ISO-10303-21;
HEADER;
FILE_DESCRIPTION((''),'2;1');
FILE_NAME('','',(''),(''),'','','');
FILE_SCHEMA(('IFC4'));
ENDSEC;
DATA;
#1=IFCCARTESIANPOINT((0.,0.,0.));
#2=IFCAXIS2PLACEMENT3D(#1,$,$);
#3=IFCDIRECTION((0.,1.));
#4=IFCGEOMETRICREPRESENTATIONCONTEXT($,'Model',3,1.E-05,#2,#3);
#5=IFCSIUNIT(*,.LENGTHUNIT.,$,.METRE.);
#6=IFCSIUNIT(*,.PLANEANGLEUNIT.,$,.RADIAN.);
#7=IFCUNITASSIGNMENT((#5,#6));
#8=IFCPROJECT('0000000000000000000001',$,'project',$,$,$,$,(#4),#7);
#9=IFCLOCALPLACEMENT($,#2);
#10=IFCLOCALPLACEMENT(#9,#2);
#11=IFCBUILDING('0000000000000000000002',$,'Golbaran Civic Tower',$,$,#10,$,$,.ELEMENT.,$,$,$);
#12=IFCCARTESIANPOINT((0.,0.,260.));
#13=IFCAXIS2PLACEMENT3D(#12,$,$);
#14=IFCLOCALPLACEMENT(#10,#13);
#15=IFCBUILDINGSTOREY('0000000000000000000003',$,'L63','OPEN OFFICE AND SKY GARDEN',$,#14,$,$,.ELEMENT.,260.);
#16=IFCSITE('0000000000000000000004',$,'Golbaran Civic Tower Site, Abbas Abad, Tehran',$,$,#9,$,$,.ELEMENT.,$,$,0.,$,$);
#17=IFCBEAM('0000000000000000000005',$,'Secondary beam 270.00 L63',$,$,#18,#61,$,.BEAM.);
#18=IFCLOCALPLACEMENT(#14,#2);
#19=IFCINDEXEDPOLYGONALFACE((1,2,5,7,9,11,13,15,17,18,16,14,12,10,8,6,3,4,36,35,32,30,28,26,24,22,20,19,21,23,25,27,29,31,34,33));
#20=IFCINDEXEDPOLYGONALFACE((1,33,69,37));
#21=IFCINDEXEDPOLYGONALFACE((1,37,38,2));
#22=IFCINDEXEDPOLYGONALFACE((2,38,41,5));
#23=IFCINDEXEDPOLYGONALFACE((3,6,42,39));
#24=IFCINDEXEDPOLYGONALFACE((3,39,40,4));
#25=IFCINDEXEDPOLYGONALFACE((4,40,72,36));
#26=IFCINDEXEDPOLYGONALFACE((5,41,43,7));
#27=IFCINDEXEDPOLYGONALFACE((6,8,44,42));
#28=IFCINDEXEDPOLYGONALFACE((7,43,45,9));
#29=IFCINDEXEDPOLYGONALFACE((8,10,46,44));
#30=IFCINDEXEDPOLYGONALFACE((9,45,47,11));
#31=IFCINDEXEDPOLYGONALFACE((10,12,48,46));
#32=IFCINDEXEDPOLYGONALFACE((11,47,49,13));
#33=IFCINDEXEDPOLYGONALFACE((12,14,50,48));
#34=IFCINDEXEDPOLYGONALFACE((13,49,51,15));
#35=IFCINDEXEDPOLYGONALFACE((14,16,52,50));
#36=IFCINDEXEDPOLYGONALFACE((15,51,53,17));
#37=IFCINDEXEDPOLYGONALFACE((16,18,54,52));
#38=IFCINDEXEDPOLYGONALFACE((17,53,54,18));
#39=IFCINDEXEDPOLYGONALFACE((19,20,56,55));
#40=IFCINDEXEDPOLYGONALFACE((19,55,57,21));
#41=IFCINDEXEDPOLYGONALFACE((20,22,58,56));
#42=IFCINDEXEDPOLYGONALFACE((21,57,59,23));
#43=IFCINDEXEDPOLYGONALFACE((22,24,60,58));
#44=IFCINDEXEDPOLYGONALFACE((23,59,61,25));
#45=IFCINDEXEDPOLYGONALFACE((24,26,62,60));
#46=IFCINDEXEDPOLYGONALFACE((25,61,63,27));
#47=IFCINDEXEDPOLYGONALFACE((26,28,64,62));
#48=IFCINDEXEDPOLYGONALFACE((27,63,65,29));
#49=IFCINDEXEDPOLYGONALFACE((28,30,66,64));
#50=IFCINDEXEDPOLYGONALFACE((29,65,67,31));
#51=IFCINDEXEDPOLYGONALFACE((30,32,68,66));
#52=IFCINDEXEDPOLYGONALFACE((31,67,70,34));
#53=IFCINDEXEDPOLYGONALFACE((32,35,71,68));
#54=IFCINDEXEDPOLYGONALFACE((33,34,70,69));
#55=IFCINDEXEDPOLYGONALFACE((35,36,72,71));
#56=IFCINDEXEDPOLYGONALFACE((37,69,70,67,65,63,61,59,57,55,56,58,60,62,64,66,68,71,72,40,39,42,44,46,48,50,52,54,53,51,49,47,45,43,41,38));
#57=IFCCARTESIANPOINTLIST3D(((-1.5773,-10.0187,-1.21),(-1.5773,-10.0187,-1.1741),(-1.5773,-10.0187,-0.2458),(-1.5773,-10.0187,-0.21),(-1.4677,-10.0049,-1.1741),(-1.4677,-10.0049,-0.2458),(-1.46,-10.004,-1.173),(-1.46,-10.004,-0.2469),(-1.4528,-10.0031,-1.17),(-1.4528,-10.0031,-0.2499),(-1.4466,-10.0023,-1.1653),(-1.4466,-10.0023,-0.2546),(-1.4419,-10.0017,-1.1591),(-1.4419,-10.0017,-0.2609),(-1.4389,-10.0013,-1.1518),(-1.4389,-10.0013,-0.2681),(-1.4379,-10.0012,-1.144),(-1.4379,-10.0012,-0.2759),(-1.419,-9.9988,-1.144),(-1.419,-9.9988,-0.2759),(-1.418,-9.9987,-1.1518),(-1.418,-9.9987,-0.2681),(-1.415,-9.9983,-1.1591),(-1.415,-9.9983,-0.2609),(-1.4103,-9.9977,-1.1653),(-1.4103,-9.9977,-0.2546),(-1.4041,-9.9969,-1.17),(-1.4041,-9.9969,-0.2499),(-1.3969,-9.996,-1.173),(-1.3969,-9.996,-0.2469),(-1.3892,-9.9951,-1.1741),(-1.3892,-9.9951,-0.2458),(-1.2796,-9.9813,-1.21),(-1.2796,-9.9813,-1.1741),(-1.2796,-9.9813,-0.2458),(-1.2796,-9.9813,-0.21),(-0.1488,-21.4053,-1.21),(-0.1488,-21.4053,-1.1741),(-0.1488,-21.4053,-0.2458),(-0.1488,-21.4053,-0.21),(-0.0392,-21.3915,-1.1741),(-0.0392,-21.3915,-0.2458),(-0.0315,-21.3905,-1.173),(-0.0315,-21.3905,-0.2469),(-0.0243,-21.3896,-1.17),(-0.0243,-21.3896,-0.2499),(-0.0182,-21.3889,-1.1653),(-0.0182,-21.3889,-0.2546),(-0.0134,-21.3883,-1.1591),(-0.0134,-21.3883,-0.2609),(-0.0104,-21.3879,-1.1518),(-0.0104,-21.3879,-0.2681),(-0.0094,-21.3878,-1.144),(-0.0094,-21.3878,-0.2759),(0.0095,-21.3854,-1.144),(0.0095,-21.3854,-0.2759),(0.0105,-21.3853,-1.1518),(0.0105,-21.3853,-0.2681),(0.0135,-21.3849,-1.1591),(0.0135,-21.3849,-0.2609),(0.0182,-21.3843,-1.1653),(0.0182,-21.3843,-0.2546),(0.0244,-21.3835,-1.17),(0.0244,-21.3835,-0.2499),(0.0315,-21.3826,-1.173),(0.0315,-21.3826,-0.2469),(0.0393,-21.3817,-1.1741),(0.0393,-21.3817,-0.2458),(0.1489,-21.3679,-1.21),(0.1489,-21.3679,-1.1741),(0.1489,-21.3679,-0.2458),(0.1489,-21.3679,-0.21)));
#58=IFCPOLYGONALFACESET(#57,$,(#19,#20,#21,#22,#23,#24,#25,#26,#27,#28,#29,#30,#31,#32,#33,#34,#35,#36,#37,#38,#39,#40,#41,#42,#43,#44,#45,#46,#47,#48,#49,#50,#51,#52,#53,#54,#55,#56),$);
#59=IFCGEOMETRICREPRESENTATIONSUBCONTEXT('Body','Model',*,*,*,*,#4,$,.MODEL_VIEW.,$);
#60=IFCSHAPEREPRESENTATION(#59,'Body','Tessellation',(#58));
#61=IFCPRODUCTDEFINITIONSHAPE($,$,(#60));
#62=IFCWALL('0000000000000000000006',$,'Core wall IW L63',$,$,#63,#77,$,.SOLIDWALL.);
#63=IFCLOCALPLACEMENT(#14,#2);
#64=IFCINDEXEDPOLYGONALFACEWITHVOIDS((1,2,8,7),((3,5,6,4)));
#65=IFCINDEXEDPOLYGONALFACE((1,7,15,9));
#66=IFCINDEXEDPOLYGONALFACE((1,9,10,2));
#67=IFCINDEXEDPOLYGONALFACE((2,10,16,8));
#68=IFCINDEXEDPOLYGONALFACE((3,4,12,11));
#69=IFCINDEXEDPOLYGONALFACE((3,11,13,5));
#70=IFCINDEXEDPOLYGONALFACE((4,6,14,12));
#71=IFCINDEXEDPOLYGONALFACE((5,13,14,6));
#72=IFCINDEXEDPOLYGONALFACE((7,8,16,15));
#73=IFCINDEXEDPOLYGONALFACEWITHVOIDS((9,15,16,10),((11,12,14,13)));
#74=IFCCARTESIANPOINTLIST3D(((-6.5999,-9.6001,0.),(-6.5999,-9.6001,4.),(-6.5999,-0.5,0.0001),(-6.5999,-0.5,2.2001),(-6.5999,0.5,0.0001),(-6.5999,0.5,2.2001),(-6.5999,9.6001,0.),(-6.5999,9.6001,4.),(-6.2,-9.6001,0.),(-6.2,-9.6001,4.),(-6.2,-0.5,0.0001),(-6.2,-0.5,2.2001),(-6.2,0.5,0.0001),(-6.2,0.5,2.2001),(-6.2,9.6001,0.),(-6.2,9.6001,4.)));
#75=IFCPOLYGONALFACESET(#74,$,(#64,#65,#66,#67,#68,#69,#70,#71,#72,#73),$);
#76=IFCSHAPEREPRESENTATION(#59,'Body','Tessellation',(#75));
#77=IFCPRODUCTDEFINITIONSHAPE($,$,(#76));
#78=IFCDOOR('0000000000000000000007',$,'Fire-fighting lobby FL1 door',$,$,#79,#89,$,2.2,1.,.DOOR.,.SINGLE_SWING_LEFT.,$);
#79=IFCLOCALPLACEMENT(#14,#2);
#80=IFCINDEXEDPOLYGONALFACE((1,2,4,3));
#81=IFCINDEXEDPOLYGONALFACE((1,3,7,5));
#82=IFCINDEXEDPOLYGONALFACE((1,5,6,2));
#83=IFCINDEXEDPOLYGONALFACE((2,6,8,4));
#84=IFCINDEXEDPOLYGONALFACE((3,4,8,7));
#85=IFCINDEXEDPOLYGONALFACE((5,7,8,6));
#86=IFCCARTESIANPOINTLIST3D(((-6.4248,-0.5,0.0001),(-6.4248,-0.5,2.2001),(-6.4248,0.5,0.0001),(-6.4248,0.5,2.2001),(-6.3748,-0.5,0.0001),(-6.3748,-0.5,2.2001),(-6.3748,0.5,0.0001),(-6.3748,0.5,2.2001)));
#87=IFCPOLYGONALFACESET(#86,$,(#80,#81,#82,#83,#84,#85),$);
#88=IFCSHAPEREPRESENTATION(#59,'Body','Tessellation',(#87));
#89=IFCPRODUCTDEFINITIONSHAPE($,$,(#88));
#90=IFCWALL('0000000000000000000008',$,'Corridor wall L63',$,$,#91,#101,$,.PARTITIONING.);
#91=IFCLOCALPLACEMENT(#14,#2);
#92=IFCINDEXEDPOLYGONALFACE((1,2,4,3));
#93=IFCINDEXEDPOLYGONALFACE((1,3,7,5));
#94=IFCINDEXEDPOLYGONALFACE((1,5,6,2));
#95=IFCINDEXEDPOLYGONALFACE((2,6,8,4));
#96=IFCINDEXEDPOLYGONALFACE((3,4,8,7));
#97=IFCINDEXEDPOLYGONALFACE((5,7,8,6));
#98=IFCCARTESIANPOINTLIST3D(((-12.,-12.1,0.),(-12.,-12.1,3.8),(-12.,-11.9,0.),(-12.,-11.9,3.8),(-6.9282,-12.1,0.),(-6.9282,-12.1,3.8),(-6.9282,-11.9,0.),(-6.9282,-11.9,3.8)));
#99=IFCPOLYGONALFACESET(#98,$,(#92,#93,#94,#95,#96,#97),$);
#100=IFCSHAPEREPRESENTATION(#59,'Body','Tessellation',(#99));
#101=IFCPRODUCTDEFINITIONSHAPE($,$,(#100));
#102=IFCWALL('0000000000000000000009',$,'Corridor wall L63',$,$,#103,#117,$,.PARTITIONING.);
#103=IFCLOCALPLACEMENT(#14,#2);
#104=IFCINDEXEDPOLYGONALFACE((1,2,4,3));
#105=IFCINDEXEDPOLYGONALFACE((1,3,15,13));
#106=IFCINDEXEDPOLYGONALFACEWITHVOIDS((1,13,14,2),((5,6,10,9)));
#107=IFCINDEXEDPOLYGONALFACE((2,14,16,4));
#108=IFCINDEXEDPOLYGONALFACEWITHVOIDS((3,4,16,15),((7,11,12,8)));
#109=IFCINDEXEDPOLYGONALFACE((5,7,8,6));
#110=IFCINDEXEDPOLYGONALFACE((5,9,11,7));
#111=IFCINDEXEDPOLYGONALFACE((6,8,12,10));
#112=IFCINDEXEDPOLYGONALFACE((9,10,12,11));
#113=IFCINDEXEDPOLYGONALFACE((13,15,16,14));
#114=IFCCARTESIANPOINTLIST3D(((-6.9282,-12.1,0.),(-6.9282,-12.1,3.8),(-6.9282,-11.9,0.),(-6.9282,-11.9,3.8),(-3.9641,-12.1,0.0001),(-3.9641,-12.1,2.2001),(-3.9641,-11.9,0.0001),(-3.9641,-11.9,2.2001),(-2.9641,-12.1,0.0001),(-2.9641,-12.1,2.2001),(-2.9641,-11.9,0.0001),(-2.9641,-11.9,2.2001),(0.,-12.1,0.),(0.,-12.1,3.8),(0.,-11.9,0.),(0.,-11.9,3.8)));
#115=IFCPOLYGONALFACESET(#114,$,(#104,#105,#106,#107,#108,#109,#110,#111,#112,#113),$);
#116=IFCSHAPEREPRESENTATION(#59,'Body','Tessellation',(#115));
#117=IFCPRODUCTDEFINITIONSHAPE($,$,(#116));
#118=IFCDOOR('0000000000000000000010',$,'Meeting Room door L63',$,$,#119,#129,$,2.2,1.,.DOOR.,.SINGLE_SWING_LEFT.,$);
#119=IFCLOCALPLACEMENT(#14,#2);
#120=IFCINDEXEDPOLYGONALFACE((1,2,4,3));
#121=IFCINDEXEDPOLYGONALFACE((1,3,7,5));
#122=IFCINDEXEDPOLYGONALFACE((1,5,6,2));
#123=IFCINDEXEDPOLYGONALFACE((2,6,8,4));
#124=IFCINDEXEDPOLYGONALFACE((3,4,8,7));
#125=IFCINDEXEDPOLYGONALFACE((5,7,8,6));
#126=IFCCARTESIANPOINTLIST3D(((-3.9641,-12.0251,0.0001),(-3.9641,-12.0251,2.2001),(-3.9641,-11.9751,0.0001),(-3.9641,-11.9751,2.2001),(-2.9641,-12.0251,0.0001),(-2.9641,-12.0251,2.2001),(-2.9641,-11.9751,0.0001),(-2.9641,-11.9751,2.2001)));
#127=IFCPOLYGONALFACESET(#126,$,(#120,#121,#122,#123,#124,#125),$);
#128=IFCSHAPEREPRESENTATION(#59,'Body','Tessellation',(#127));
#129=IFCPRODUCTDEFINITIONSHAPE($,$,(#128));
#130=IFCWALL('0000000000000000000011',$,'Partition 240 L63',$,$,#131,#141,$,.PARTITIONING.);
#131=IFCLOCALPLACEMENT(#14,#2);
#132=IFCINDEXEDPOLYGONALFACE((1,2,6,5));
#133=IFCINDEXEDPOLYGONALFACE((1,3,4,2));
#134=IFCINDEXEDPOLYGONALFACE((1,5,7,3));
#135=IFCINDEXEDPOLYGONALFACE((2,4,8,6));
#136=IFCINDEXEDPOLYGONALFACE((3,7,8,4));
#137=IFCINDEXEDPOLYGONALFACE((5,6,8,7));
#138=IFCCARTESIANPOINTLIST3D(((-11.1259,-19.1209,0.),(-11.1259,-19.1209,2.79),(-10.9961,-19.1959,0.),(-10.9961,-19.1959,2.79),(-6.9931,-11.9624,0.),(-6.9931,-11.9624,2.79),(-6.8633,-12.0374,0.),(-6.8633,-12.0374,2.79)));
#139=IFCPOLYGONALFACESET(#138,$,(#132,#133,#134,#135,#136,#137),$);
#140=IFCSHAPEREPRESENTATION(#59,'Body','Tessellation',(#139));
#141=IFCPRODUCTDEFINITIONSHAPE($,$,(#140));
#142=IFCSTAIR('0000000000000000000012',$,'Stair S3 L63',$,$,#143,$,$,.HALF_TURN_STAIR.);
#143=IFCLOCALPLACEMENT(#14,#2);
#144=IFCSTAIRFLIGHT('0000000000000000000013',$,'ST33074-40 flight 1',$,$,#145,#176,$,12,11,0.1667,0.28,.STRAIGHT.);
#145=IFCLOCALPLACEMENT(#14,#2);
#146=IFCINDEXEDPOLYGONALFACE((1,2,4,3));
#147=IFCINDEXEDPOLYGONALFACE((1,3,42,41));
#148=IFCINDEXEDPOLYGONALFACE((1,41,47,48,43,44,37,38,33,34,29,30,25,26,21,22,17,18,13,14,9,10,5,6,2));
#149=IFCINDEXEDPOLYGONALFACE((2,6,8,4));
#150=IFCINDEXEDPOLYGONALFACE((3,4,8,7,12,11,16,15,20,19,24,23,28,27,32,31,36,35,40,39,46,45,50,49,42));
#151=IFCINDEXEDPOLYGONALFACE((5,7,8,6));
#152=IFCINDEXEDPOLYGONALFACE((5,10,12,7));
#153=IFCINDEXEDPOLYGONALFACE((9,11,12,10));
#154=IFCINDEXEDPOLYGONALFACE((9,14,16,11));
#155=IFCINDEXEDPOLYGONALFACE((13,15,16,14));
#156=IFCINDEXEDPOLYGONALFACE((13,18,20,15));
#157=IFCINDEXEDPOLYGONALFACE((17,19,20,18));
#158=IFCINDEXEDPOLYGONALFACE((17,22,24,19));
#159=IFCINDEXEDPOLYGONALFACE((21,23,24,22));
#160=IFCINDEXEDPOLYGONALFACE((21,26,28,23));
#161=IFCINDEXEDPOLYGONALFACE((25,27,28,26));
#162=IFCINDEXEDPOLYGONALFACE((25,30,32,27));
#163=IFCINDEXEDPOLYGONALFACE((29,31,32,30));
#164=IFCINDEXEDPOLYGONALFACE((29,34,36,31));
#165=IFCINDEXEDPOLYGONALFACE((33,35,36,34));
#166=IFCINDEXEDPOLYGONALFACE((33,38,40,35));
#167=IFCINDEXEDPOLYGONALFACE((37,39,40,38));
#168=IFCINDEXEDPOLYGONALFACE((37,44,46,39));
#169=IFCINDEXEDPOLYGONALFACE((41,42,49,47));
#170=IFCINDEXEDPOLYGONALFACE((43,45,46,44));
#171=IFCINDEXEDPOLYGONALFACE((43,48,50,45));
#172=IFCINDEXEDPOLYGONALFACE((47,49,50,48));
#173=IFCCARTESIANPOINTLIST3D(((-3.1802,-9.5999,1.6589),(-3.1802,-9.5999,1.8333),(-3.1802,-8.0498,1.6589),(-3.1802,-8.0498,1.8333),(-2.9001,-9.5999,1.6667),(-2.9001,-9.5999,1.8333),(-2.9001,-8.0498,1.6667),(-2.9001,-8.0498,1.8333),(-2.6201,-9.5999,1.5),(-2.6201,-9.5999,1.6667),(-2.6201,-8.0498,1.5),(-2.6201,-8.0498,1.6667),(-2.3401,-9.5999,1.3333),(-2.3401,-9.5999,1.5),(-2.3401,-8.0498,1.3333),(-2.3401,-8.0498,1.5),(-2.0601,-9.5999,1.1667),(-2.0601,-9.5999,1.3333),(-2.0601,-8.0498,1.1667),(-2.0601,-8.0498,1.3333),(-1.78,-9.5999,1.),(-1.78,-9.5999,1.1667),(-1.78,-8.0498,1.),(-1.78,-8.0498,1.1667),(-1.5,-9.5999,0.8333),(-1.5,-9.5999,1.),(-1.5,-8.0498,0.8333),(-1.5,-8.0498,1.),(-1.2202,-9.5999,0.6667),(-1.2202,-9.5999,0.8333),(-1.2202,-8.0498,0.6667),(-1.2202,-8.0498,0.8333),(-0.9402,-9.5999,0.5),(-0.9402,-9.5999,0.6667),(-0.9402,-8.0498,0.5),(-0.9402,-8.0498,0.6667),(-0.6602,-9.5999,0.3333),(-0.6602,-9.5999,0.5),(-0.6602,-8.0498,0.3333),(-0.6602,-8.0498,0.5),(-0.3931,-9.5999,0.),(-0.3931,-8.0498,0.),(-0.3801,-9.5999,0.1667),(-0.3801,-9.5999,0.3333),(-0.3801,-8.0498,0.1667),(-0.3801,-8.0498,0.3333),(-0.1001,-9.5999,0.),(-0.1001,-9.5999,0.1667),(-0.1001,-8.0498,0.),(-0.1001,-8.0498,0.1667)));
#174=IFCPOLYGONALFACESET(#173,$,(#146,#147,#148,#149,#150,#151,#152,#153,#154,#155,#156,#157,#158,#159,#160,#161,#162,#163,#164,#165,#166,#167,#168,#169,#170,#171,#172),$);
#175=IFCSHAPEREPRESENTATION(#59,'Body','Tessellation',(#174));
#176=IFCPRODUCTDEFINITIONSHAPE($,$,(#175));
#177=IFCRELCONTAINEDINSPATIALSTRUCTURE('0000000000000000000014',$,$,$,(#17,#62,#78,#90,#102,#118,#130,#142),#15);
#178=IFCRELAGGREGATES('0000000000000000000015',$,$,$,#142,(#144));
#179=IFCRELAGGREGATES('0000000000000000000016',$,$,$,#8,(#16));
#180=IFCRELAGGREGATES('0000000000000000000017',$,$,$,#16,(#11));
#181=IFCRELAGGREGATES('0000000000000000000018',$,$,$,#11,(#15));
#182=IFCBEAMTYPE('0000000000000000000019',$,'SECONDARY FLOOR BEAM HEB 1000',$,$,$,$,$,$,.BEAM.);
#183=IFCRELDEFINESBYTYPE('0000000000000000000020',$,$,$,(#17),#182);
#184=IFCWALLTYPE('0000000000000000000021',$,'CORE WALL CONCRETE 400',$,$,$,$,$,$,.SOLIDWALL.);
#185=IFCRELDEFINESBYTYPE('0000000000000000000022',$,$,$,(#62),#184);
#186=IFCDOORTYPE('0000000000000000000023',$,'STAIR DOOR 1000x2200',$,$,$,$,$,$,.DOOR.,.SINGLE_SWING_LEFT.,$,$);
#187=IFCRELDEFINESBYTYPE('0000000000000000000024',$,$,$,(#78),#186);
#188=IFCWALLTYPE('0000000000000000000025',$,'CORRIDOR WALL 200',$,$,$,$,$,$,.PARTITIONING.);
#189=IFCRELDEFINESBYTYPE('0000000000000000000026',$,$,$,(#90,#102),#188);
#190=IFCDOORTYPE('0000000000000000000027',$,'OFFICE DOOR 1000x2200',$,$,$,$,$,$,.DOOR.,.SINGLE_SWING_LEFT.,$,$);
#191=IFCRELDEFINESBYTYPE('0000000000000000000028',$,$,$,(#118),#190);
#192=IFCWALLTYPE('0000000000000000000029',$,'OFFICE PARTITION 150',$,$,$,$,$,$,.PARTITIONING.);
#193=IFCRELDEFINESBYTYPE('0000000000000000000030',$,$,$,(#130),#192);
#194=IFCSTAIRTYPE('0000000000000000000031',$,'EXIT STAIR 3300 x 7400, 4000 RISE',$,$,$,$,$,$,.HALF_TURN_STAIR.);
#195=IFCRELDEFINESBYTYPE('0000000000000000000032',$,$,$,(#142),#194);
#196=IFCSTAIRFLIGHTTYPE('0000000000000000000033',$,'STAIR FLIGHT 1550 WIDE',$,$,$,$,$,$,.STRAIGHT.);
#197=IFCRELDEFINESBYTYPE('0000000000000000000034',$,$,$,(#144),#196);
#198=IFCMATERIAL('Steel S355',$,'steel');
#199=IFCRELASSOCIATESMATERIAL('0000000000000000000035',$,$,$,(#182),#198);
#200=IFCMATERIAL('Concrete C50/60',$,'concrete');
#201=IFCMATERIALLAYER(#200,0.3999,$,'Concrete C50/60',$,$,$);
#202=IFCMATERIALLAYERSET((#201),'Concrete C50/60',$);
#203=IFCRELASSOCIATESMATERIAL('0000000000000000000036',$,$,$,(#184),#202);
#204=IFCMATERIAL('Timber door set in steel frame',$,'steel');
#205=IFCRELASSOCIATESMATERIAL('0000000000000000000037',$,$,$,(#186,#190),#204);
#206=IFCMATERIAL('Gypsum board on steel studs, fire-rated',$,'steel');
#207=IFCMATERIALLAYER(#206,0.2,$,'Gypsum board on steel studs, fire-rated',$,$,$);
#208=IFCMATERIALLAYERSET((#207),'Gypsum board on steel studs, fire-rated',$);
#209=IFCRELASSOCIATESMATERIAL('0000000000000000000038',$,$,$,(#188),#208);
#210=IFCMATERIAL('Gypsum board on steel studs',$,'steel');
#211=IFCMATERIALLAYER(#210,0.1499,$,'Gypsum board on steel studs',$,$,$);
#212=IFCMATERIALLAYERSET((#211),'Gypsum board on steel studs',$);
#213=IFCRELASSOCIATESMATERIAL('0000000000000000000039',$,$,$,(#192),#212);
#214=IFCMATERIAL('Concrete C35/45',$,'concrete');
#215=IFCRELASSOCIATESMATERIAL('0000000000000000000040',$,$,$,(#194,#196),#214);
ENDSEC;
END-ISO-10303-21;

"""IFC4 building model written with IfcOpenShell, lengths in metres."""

from ifc_helpers import new_model, si_unit, direction, frame, frame_2d, origin, origin_2d, place, context, subcontext, project, spatial, polyline, rectangle, i_section, outline, extrude, material, layer, layer_set, material_profile, profile_set, type_object, element, fill, aggregate, save


model = new_model("IFC4")

# Units and contexts
model_context = context("Model", 3, precision=1e-05, world=origin(), true_north=direction((0.0, 1.0)))
body_context = subcontext(model_context, "Body", "Model", "MODEL_VIEW")
ifc_project = project(units=[si_unit("LENGTHUNIT", "METRE"), si_unit("PLANEANGLEUNIT", "RADIAN")], contexts=[model_context])

# Site, building, storey
site_placement = place(None, origin())
site = spatial("IfcSite", under=ifc_project, at=site_placement, Name="Golbaran Civic Tower Site, Abbas Abad, Tehran", CompositionType="ELEMENT", RefElevation=0.0)
building_placement = place(site_placement, origin())
building = spatial("IfcBuilding", under=site, at=building_placement, Name="Golbaran Civic Tower", CompositionType="ELEMENT")
storey_placement = place(building_placement, frame((0.0, 0.0, 260.0)))
storey = spatial("IfcBuildingStorey", under=building, at=storey_placement, Name="L63", Description="OPEN OFFICE AND SKY GARDEN", CompositionType="ELEMENT", Elevation=260.0)

# Beam
ifc_material_1 = material(Name="Steel S355", Category="steel")
ifc_material_profile_1 = material_profile(ifc_material_1, i_section(OverallWidth=0.3, OverallDepth=1.0, WebThickness=0.019, FlangeThickness=0.0359, FilletRadius=0.03, at=origin_2d()), Name="HEB 1000")
ifc_profile_set_1 = profile_set([ifc_material_profile_1], Name="Steel S355")
beam_type_1 = type_object("IfcBeamType", Name="SECONDARY FLOOR BEAM HEB 1000", PredefinedType="BEAM", material=ifc_profile_set_1)
beam_1_placement = place(storey_placement, frame((-1.4285, -10.0, -0.71), z_axis=(0.124477, -0.992222, 0.0), x_axis=(0.992222, 0.124477, 0.0)))
element("IfcBeam", 1, at=beam_1_placement, inside=storey, type_object=beam_type_1, Name="Secondary beam 270.00 L63", PredefinedType="BEAM", context=body_context, shape_type="SweptSolid", body=[
    extrude(i_section(OverallWidth=0.3, OverallDepth=1.0, WebThickness=0.019, FlangeThickness=0.0359, FilletRadius=0.03, at=origin_2d()), origin(), (0.0, 0.0, 1.0), 11.4758),
])

# Wall, opening, door
ifc_material_2 = material(Name="Concrete C50/60", Category="concrete")
ifc_layer_1 = layer(ifc_material_2, 0.3999, Name="Concrete C50/60")
ifc_layer_set_1 = layer_set([ifc_layer_1], Name="Concrete C50/60")
wall_type_1 = type_object("IfcWallType", Name="CORE WALL CONCRETE 400", PredefinedType="SOLIDWALL", material=ifc_layer_set_1)
wall_1_placement = place(storey_placement, frame((-6.3999, -9.6001, 0.0), z_axis=(0.0, 0.0, 1.0), x_axis=(0.0, 1.0, 0.0)))
wall_1 = element("IfcWall", 2, at=wall_1_placement, inside=storey, type_object=wall_type_1, Name="Core wall IW L63", PredefinedType="SOLIDWALL", context=body_context, shape_type="SweptSolid", body=[
    extrude(rectangle(XDim=19.2002, YDim=0.3999, at=frame_2d((9.6001, 0.0))), origin(), (0.0, 0.0, 1.0), 4.0),
])
opening_1_placement = place(wall_1_placement, frame((9.1001, 0.0, 0.0)))
opening_1 = element("IfcOpeningElement", 3, at=opening_1_placement, cuts=wall_1, PredefinedType="OPENING", context=body_context, shape_type="SweptSolid", body=[
    extrude(rectangle(XDim=1.0, YDim=2.2, at=frame_2d((0.5, 1.1001))), frame((0.0, 0.21, 0.0), z_axis=(0.0, -1.0, 0.0), x_axis=(1.0, 0.0, 0.0)), (0.0, 0.0, 1.0), 0.4199),
])
ifc_material_3 = material(Name="Timber door set in steel frame", Category="steel")
door_type_1 = type_object("IfcDoorType", Name="STAIR DOOR 1000x2200", OperationType="SINGLE_SWING_LEFT", PredefinedType="DOOR", material=ifc_material_3)
door_1_placement = place(opening_1_placement, origin())
door_1 = element("IfcDoor", 4, at=door_1_placement, inside=storey, type_object=door_type_1, Name="Fire-fighting lobby FL1 door", OperationType="SINGLE_SWING_LEFT", OverallHeight=2.2, OverallWidth=1.0, PredefinedType="DOOR", context=body_context, shape_type="SweptSolid", body=[
    extrude(rectangle(XDim=1.0, YDim=2.2, at=frame_2d((0.5, 1.1001))), frame((0.0, 0.0249, 0.0), z_axis=(0.0, -1.0, 0.0), x_axis=(1.0, 0.0, 0.0)), (0.0, 0.0, 1.0), 0.05),
])
fill(opening_1, door_1)

# Wall
ifc_material_4 = material(Name="Gypsum board on steel studs, fire-rated", Category="steel")
ifc_layer_2 = layer(ifc_material_4, 0.2, Name="Gypsum board on steel studs, fire-rated")
ifc_layer_set_2 = layer_set([ifc_layer_2], Name="Gypsum board on steel studs, fire-rated")
wall_type_2 = type_object("IfcWallType", Name="CORRIDOR WALL 200", PredefinedType="PARTITIONING", material=ifc_layer_set_2)
wall_2_placement = place(storey_placement, frame((-12.0, -12.0, 0.0), z_axis=(0.0, 0.0, 1.0), x_axis=(1.0, 0.0, 0.0)))
element("IfcWall", 5, at=wall_2_placement, inside=storey, type_object=wall_type_2, Name="Corridor wall L63", PredefinedType="PARTITIONING", context=body_context, shape_type="SweptSolid", body=[
    extrude(rectangle(XDim=5.0718, YDim=0.2, at=frame_2d((2.5359, 0.0))), origin(), (0.0, 0.0, 1.0), 3.8),
])

# Wall, opening, door
wall_3_placement = place(storey_placement, frame((-6.9282, -12.0, 0.0), z_axis=(0.0, 0.0, 1.0), x_axis=(1.0, 0.0, 0.0)))
wall_3 = element("IfcWall", 6, at=wall_3_placement, inside=storey, type_object=wall_type_2, Name="Corridor wall L63", PredefinedType="PARTITIONING", context=body_context, shape_type="SweptSolid", body=[
    extrude(rectangle(XDim=6.9282, YDim=0.2, at=frame_2d((3.4641, 0.0))), origin(), (0.0, 0.0, 1.0), 3.8),
])
opening_2_placement = place(wall_3_placement, frame((2.9641, 0.0, 0.0)))
opening_2 = element("IfcOpeningElement", 7, at=opening_2_placement, cuts=wall_3, PredefinedType="OPENING", context=body_context, shape_type="SweptSolid", body=[
    extrude(rectangle(XDim=1.0, YDim=2.2, at=frame_2d((0.5, 1.1001))), frame((0.0, 0.1099, 0.0), z_axis=(0.0, -1.0, 0.0), x_axis=(1.0, 0.0, 0.0)), (0.0, 0.0, 1.0), 0.22),
])
door_type_2 = type_object("IfcDoorType", Name="OFFICE DOOR 1000x2200", OperationType="SINGLE_SWING_LEFT", PredefinedType="DOOR", material=ifc_material_3)
door_2_placement = place(opening_2_placement, origin())
door_2 = element("IfcDoor", 8, at=door_2_placement, inside=storey, type_object=door_type_2, Name="Meeting Room door L63", OperationType="SINGLE_SWING_LEFT", OverallHeight=2.2, OverallWidth=1.0, PredefinedType="DOOR", context=body_context, shape_type="SweptSolid", body=[
    extrude(rectangle(XDim=1.0, YDim=2.2, at=frame_2d((0.5, 1.1001))), frame((0.0, 0.0249, 0.0), z_axis=(0.0, -1.0, 0.0), x_axis=(1.0, 0.0, 0.0)), (0.0, 0.0, 1.0), 0.05),
])
fill(opening_2, door_2)

# Wall
ifc_material_5 = material(Name="Gypsum board on steel studs", Category="steel")
ifc_layer_3 = layer(ifc_material_5, 0.1499, Name="Gypsum board on steel studs")
ifc_layer_set_3 = layer_set([ifc_layer_3], Name="Gypsum board on steel studs")
wall_type_3 = type_object("IfcWallType", Name="OFFICE PARTITION 150", PredefinedType="PARTITIONING", material=ifc_layer_set_3)
wall_4_placement = place(storey_placement, frame((-6.9282, -12.0, 0.0), z_axis=(0.0, 0.0, 1.0), x_axis=(-0.499989, -0.866032, 0.0)))
element("IfcWall", 9, at=wall_4_placement, inside=storey, type_object=wall_type_3, Name="Partition 240 L63", PredefinedType="PARTITIONING", context=body_context, shape_type="SweptSolid", body=[
    extrude(rectangle(XDim=8.2659, YDim=0.1499, at=frame_2d((4.1328, 0.0))), origin(), (0.0, 0.0, 1.0), 2.79),
])

# Stair, stair flight
ifc_material_6 = material(Name="Concrete C35/45", Category="concrete")
stair_type = type_object("IfcStairType", Name="EXIT STAIR 3300 x 7400, 4000 RISE", PredefinedType="HALF_TURN_STAIR", material=ifc_material_6)
stair_placement = place(storey_placement, origin())
stair = element("IfcStair", 10, at=stair_placement, inside=storey, type_object=stair_type, Name="Stair S3 L63", PredefinedType="HALF_TURN_STAIR")
stair_flight_type = type_object("IfcStairFlightType", Name="STAIR FLIGHT 1550 WIDE", PredefinedType="STRAIGHT", material=ifc_material_6)
stair_flight_placement = place(storey_placement, frame((-0.1001, -8.825, 0.0), z_axis=(0.0, 0.0, 1.0), x_axis=(-1.0, 0.0, 0.0)))
stair_flight = element("IfcStairFlight", 11, at=stair_flight_placement, type_object=stair_flight_type, Name="ST33074-40 flight 1", NumberOfRisers=12, NumberOfTreads=11, PredefinedType="STRAIGHT", RiserHeight=0.1667, TreadLength=0.28, context=body_context, shape_type="SweptSolid", body=[
    extrude(outline(polyline([(0.0, 0.0), (0.0, 0.1667), (0.28, 0.1667), (0.28, 0.3333), (0.5601, 0.3333), (0.5601, 0.5), (0.8401, 0.5), (0.8401, 0.6667), (1.1201, 0.6667), (1.1201, 0.8333), (1.3999, 0.8333), (1.3999, 1.0), (1.6799, 1.0), (1.6799, 1.1667), (1.96, 1.1667), (1.96, 1.3333), (2.24, 1.3333), (2.24, 1.5), (2.52, 1.5), (2.52, 1.6667), (2.8, 1.6667), (2.8, 1.8333), (3.0801, 1.8333), (3.0801, 2.0), (3.0801, 1.6589), (0.293, 0.0), (0.0, 0.0)])), frame((0.0, 0.7749, 0.0), z_axis=(0.0, -1.0, 0.0), x_axis=(1.0, 0.0, 0.0)), (0.0, 0.0, 1.0), 1.55),
])
aggregate(stair, [stair_flight])

save(model, "model.ifc")
